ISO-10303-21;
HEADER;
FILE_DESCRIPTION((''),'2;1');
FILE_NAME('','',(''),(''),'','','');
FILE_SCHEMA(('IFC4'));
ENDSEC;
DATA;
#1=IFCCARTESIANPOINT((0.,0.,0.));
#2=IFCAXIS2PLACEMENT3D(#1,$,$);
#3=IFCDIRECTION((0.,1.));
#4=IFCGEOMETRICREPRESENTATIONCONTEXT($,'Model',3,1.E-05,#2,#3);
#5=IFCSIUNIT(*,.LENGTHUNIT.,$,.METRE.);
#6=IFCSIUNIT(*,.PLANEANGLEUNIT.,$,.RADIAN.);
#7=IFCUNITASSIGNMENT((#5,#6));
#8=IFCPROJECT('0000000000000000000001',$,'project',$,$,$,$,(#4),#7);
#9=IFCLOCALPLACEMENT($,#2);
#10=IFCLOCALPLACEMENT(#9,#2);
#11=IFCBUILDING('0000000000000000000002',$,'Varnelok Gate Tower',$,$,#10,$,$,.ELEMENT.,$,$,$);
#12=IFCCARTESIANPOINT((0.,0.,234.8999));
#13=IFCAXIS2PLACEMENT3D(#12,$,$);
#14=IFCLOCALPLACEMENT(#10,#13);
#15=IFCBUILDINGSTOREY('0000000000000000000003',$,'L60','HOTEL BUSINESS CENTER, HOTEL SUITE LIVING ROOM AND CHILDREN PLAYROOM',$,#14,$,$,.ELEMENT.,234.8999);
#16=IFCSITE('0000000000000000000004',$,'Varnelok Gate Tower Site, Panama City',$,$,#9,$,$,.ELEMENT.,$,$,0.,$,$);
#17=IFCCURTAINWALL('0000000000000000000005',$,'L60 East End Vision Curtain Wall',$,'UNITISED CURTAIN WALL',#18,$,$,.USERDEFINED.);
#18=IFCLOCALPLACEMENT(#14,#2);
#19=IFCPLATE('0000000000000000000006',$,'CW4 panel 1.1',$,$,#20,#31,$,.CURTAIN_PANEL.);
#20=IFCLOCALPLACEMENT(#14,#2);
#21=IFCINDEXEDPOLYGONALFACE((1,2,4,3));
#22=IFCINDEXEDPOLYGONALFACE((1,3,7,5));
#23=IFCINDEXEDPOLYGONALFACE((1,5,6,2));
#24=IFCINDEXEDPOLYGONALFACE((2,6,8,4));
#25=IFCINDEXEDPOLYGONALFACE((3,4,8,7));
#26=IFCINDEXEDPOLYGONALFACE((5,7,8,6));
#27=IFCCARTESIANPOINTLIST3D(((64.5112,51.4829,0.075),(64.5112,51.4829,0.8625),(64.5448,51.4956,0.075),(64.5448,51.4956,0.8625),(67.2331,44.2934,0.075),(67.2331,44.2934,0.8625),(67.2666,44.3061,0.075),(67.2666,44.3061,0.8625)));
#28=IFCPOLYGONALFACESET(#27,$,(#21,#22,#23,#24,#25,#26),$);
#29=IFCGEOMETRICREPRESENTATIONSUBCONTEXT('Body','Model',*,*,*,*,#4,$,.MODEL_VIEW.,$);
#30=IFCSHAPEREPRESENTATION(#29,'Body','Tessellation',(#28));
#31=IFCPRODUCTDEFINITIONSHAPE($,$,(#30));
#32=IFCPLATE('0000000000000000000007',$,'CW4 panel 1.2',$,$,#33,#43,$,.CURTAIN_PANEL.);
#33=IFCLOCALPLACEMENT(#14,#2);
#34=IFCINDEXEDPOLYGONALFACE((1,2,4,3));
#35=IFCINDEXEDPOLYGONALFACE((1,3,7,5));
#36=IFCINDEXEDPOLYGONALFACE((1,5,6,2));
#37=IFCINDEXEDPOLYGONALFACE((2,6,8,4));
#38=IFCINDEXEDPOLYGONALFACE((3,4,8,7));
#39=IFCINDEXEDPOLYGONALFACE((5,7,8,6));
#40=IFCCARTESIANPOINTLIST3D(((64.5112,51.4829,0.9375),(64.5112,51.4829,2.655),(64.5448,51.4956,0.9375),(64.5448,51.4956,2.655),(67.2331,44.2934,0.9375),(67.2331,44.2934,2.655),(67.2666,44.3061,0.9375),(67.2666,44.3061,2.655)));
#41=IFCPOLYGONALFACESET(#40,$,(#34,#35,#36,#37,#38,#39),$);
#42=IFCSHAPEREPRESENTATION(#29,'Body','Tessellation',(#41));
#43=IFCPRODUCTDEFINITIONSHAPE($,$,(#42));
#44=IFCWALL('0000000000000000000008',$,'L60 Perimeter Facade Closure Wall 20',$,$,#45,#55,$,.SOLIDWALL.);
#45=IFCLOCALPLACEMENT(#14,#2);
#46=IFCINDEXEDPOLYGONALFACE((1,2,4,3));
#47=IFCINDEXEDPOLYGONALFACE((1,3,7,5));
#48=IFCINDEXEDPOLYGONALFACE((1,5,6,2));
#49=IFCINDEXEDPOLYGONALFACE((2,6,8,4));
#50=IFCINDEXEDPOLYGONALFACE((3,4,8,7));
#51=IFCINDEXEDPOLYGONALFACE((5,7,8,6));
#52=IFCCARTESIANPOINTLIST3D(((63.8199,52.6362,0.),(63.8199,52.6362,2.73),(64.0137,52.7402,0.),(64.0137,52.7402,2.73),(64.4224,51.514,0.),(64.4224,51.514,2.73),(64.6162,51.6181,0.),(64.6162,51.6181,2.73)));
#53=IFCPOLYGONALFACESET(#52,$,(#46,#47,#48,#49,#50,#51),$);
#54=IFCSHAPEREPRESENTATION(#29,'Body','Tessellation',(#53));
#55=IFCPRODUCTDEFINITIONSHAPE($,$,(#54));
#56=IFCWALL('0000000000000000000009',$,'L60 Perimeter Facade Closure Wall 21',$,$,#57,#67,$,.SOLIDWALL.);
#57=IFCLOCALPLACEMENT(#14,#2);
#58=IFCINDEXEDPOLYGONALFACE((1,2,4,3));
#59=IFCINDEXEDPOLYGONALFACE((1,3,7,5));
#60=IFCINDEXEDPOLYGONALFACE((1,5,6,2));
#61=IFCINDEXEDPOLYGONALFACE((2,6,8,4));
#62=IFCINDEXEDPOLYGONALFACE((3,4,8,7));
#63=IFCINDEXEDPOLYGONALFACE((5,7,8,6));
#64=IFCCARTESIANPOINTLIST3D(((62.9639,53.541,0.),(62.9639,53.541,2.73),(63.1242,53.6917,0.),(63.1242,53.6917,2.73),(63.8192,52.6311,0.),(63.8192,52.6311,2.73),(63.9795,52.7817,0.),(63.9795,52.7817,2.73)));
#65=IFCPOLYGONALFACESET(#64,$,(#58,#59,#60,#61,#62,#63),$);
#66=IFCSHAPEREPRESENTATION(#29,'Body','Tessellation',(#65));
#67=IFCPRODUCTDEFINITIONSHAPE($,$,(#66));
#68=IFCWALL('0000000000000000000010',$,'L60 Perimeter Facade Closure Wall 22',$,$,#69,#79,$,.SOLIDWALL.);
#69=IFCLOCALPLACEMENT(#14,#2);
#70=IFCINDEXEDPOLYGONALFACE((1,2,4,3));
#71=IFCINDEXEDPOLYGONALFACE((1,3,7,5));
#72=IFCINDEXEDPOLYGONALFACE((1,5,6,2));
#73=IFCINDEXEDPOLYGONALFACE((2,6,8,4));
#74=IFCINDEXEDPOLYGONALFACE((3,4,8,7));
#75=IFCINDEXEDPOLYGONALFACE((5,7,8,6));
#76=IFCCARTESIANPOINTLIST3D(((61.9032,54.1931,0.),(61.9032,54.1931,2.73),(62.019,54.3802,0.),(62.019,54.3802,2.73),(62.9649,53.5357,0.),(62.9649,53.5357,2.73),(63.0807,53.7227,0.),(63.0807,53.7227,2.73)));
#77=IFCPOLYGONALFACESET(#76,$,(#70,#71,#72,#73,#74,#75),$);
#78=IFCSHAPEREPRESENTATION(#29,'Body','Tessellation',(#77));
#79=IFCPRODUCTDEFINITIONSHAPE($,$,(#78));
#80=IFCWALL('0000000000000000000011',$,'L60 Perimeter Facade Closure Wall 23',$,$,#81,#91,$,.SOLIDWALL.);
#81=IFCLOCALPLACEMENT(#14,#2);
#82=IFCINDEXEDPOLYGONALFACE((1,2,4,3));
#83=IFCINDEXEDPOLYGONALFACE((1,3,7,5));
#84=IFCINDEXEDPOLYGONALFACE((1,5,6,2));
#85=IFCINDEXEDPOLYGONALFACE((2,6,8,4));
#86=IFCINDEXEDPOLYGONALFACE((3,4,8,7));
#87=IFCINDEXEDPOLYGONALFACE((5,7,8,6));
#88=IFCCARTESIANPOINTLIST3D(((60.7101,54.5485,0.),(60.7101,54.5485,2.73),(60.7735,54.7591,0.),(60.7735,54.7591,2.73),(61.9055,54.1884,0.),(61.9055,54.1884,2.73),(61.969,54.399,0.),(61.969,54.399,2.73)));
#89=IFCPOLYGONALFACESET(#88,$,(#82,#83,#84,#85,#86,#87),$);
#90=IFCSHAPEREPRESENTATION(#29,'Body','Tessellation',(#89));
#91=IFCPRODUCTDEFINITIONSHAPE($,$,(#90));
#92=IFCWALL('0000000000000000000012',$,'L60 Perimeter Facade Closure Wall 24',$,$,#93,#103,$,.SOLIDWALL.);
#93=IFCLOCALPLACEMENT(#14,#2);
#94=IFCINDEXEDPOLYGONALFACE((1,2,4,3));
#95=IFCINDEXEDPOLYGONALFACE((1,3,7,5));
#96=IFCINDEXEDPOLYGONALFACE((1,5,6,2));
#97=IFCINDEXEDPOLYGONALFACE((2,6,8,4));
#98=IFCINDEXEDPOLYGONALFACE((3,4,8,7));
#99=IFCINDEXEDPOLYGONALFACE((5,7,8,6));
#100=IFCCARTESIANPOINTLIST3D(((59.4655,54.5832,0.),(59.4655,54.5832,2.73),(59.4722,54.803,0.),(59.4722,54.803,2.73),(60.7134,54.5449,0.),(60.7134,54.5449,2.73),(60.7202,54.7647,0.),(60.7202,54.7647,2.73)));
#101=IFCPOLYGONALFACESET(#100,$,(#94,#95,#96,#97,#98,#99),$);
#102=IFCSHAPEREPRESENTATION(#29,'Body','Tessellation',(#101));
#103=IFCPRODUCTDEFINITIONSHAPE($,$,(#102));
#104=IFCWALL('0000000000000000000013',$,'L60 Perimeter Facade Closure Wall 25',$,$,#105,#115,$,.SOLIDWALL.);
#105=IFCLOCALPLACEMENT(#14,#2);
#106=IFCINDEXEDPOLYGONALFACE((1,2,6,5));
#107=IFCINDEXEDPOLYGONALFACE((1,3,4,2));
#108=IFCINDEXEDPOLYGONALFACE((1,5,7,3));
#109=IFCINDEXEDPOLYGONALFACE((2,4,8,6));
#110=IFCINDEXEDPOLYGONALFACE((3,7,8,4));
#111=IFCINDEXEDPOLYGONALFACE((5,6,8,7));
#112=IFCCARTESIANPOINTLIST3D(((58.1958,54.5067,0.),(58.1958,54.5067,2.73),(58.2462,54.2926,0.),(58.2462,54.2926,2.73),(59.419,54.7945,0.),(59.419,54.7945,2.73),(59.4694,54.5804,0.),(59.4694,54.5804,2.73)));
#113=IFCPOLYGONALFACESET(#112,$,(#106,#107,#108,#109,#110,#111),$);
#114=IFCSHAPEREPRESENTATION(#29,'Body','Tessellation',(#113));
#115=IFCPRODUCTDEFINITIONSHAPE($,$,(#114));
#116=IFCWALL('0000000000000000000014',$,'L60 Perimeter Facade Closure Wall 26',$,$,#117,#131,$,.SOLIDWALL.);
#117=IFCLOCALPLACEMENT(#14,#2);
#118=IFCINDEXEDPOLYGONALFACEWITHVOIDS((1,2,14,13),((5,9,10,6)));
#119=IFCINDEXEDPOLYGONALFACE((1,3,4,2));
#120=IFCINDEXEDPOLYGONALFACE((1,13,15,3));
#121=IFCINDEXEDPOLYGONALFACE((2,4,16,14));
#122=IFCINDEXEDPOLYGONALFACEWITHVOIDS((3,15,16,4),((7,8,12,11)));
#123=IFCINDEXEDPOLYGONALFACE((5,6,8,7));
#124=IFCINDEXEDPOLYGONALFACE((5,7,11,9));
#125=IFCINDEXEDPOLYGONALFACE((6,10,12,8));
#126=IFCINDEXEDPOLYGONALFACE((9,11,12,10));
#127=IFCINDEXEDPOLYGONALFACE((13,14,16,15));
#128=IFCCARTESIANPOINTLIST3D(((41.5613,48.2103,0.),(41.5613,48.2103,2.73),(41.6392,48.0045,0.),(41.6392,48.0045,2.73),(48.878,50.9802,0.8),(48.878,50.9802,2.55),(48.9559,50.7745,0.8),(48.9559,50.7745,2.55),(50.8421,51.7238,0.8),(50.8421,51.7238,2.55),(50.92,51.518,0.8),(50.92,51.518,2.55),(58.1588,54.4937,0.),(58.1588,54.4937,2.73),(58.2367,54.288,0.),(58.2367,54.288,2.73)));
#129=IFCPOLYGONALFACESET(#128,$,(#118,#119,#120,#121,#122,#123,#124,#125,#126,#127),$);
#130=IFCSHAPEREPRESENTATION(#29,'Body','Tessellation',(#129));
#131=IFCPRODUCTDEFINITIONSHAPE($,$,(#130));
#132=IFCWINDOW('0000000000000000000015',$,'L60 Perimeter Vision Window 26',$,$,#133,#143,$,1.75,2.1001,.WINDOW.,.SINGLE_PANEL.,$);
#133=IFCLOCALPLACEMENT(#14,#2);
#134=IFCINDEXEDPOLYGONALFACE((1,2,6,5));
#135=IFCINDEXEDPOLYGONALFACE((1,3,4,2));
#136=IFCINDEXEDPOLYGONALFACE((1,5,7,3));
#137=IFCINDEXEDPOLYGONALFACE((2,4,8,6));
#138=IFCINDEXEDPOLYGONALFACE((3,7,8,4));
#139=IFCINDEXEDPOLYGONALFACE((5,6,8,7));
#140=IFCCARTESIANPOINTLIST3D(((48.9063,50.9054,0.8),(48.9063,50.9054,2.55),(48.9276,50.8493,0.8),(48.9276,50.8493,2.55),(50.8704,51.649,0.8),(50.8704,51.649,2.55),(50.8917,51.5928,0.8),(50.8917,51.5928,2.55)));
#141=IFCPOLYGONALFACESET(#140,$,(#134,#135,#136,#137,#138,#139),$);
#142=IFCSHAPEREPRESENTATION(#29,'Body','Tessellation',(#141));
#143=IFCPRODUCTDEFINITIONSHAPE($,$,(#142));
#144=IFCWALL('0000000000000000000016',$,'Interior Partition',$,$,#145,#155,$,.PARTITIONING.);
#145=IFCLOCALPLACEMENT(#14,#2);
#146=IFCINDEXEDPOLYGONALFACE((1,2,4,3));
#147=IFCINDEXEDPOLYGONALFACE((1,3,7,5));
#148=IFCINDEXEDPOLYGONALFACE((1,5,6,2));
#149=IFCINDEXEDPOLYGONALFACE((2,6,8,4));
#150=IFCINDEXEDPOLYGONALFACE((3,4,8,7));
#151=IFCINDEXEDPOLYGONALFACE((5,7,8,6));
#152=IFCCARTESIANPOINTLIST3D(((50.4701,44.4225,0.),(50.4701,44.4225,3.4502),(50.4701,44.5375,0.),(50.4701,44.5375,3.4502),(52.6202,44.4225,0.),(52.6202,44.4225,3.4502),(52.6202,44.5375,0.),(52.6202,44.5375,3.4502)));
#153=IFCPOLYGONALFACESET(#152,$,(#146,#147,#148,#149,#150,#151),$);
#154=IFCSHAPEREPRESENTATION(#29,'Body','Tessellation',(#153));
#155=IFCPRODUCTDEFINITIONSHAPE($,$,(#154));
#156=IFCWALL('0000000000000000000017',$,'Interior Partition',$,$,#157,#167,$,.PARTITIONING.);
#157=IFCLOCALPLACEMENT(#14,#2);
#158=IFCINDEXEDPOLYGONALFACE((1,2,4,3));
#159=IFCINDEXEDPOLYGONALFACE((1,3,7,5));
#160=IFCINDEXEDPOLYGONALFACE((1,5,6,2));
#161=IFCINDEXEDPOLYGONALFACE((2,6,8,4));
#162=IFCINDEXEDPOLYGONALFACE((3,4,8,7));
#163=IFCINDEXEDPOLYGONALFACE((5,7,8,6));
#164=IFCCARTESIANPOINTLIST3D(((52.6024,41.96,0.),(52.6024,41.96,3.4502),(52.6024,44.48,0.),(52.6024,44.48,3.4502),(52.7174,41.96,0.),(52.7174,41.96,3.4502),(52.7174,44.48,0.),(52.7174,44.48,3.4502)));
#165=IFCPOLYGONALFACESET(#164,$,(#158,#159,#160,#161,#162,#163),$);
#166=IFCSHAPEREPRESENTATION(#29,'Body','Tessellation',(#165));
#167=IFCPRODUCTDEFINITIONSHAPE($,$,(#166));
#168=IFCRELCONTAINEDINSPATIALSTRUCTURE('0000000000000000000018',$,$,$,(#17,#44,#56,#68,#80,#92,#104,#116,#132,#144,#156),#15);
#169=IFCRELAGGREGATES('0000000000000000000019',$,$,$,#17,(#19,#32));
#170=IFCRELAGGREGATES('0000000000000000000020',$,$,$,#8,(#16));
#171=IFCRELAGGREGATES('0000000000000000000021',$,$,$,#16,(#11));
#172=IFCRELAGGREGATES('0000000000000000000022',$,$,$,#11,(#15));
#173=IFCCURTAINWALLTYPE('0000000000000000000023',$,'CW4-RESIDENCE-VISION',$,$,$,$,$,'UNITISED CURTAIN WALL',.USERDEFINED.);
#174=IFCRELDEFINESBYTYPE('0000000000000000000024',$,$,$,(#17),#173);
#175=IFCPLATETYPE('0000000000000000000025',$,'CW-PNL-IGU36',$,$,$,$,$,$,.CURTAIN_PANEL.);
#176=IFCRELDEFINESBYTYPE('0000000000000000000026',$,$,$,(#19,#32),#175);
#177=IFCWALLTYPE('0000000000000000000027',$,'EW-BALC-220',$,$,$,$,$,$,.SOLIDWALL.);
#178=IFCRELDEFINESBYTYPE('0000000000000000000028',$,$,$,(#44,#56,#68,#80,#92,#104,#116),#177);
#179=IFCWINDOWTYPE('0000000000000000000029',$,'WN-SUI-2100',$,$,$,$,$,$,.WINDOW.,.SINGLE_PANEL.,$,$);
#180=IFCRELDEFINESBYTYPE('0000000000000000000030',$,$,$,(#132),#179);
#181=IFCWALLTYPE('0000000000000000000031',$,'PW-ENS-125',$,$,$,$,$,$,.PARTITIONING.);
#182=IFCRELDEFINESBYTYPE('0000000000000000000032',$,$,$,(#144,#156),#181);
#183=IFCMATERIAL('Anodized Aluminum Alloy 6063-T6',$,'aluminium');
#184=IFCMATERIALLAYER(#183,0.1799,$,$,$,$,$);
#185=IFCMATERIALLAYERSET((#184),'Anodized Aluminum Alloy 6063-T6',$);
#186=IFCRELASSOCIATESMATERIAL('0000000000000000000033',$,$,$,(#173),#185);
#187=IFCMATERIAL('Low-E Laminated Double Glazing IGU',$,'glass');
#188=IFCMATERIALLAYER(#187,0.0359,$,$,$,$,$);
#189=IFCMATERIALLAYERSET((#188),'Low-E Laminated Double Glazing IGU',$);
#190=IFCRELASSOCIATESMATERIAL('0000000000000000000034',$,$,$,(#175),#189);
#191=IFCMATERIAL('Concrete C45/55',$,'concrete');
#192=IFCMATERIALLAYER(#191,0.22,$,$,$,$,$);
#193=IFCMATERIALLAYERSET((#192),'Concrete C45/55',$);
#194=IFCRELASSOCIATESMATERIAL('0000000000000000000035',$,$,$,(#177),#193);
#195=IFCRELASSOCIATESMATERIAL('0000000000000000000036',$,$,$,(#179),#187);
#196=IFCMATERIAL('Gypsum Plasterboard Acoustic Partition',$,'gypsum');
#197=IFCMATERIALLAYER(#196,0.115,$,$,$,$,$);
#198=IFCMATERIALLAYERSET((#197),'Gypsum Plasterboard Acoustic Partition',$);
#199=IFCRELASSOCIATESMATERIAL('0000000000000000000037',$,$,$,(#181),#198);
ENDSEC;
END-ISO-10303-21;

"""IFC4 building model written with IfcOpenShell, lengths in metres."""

from ifc_helpers import new_model, si_unit, direction, frame, frame_2d, origin, origin_2d, place, context, subcontext, project, spatial, rectangle, extrude, source, transform, mapped, material, layer, layer_set, type_object, element, fill, aggregate, save


model = new_model("IFC4")

# Units and contexts
model_context = context("Model", 3, precision=1e-05, world=origin(), true_north=direction((0.0, 1.0)))
body_context = subcontext(model_context, "Body", "Model", "MODEL_VIEW")
ifc_project = project(units=[si_unit("LENGTHUNIT", "METRE"), si_unit("PLANEANGLEUNIT", "RADIAN")], contexts=[model_context])

# Site, building, storey
site_placement = place(None, origin())
site = spatial("IfcSite", under=ifc_project, at=site_placement, Name="Varnelok Gate Tower Site, Panama City", CompositionType="ELEMENT", RefElevation=0.0)
building_placement = place(site_placement, origin())
building = spatial("IfcBuilding", under=site, at=building_placement, Name="Varnelok Gate Tower", CompositionType="ELEMENT")
storey_placement = place(building_placement, frame((0.0, 0.0, 234.8999)))
storey = spatial("IfcBuildingStorey", under=building, at=storey_placement, Name="L60", Description="HOTEL BUSINESS CENTER, HOTEL SUITE LIVING ROOM AND CHILDREN PLAYROOM", CompositionType="ELEMENT", Elevation=234.8999)

# Curtain wall, plates
ifc_material_1 = material(Name="Anodized Aluminum Alloy 6063-T6", Category="aluminium")
ifc_layer_1 = layer(ifc_material_1, 0.1799)
ifc_layer_set_1 = layer_set([ifc_layer_1], Name="Anodized Aluminum Alloy 6063-T6")
curtain_wall_type = type_object("IfcCurtainWallType", Name="CW4-RESIDENCE-VISION", ElementType="UNITISED CURTAIN WALL", PredefinedType="USERDEFINED", material=ifc_layer_set_1)
curtain_wall_placement = place(storey_placement, origin())
curtain_wall = element("IfcCurtainWall", 1, at=curtain_wall_placement, inside=storey, type_object=curtain_wall_type, Name="L60 East End Vision Curtain Wall", ObjectType="UNITISED CURTAIN WALL", PredefinedType="USERDEFINED")
ifc_material_2 = material(Name="Low-E Laminated Double Glazing IGU", Category="glass")
ifc_layer_2 = layer(ifc_material_2, 0.0359)
ifc_layer_set_2 = layer_set([ifc_layer_2], Name="Low-E Laminated Double Glazing IGU")
plate_type = type_object("IfcPlateType", Name="CW-PNL-IGU36", PredefinedType="CURTAIN_PANEL", material=ifc_layer_set_2)
shared_shape_1 = source(origin(), body_context, "Body", "SweptSolid", [
    extrude(rectangle(XDim=7.6875, YDim=0.0359, at=origin_2d()), origin(), (0.0, 0.0, 1.0), 0.7876),
])
plate_1_placement = place(storey_placement, frame((65.8889, 47.8945, 0.075), z_axis=(0.0, 0.0, 1.0), x_axis=(0.354063, -0.935222, 0.0)))
plate_1 = element("IfcPlate", 2, at=plate_1_placement, type_object=plate_type, Name="CW4 panel 1.1", PredefinedType="CURTAIN_PANEL", context=body_context, shape_type="MappedRepresentation", body=[
    mapped(shared_shape_1, transform((0.0, 0.0, 0.0), scale=1.0)),
])
shared_shape_2 = source(origin(), body_context, "Body", "SweptSolid", [
    extrude(rectangle(XDim=7.6875, YDim=0.0359, at=origin_2d()), origin(), (0.0, 0.0, 1.0), 1.7175),
])
plate_2_placement = place(storey_placement, frame((65.8889, 47.8945, 0.9375), z_axis=(0.0, 0.0, 1.0), x_axis=(0.354063, -0.935222, 0.0)))
plate_2 = element("IfcPlate", 3, at=plate_2_placement, type_object=plate_type, Name="CW4 panel 1.2", PredefinedType="CURTAIN_PANEL", context=body_context, shape_type="MappedRepresentation", body=[
    mapped(shared_shape_2, transform((0.0, 0.0, 0.0), scale=1.0)),
])
aggregate(curtain_wall, [plate_1, plate_2])

# Walls
ifc_material_3 = material(Name="Concrete C45/55", Category="concrete")
ifc_layer_3 = layer(ifc_material_3, 0.22)
ifc_layer_set_3 = layer_set([ifc_layer_3], Name="Concrete C45/55")
wall_type_1 = type_object("IfcWallType", Name="EW-BALC-220", PredefinedType="SOLIDWALL", material=ifc_layer_set_3)
wall_1_placement = place(storey_placement, frame((64.5193, 51.5662, 0.0), z_axis=(0.0, 0.0, 1.0), x_axis=(-0.473094, 0.881012, 0.0)))
element("IfcWall", 4, at=wall_1_placement, inside=storey, type_object=wall_type_1, Name="L60 Perimeter Facade Closure Wall 20", PredefinedType="SOLIDWALL", context=body_context, shape_type="SweptSolid", body=[
    extrude(rectangle(XDim=1.2737, YDim=0.22, at=frame_2d((0.6367, 0.0))), origin(), (0.0, 0.0, 1.0), 2.73),
])
for number, where, z_axis, x_axis, name in (
    (5, (63.8994, 52.7063, 0.0), (0.0, 0.0, 1.0), (-0.684871, 0.728665, 0.0), "L60 Perimeter Facade Closure Wall 21"),
    (6, (63.0229, 53.6292, 0.0), (0.0, 0.0, 1.0), (-0.850198, 0.526462, 0.0), "L60 Perimeter Facade Closure Wall 22"),
):
    element("IfcWall", number, at=place(storey_placement, frame(where, z_axis=z_axis, x_axis=x_axis)), inside=storey, type_object=wall_type_1, Name=name, PredefinedType="SOLIDWALL", context=body_context, shape_type="SweptSolid", body=[
        extrude(rectangle(XDim=1.2488, YDim=0.22, at=frame_2d((0.6245, 0.0))), origin(), (0.0, 0.0, 1.0), 2.73),
    ])
for number, where, z_axis, x_axis, name in (
    (7, (61.9373, 54.2937, 0.0), (0.0, 0.0, 1.0), (-0.957508, 0.288406, 0.0), "L60 Perimeter Facade Closure Wall 23"),
    (8, (60.7168, 54.6548, 0.0), (0.0, 0.0, 1.0), (-0.999529, 0.030698, 0.0), "L60 Perimeter Facade Closure Wall 24"),
):
    element("IfcWall", number, at=place(storey_placement, frame(where, z_axis=z_axis, x_axis=x_axis)), inside=storey, type_object=wall_type_1, Name=name, PredefinedType="SOLIDWALL", context=body_context, shape_type="SweptSolid", body=[
        extrude(rectangle(XDim=1.2485, YDim=0.22, at=frame_2d((0.6243, 0.0))), origin(), (0.0, 0.0, 1.0), 2.73),
    ])
wall_2_placement = place(storey_placement, frame((59.4443, 54.6875, 0.0), z_axis=(0.0, 0.0, 1.0), x_axis=(-0.97341, -0.229072, 0.0)))
element("IfcWall", 9, at=wall_2_placement, inside=storey, type_object=wall_type_1, Name="L60 Perimeter Facade Closure Wall 25", PredefinedType="SOLIDWALL", context=body_context, shape_type="SweptSolid", body=[
    extrude(rectangle(XDim=1.2566, YDim=0.22, at=frame_2d((0.6284, 0.0))), origin(), (0.0, 0.0, 1.0), 2.73),
])

# Wall, opening, window
wall_3_placement = place(storey_placement, frame((58.1978, 54.3909, 0.0), z_axis=(0.0, 0.0, 1.0), x_axis=(-0.935224, -0.354057, 0.0)))
wall_3 = element("IfcWall", 10, at=wall_3_placement, inside=storey, type_object=wall_type_1, Name="L60 Perimeter Facade Closure Wall 26", PredefinedType="SOLIDWALL", context=body_context, shape_type="SweptSolid", body=[
    extrude(rectangle(XDim=17.7471, YDim=0.22, at=frame_2d((8.8735, 0.0))), origin(), (0.0, 0.0, 1.0), 2.73),
])
opening_placement = place(wall_3_placement, frame((7.8235, 0.0, 0.8)))
opening = element("IfcOpeningElement", 11, at=opening_placement, cuts=wall_3, PredefinedType="OPENING", context=body_context, shape_type="SweptSolid", body=[
    extrude(rectangle(XDim=2.1001, YDim=1.75, at=frame_2d((1.05, 0.875))), frame((0.0, 0.1199, 0.0), z_axis=(0.0, -1.0, 0.0), x_axis=(1.0, 0.0, 0.0)), (0.0, 0.0, 1.0), 0.24),
])
window_type = type_object("IfcWindowType", Name="WN-SUI-2100", PartitioningType="SINGLE_PANEL", PredefinedType="WINDOW", material=ifc_material_2)
window_placement = place(opening_placement, origin())
window = element("IfcWindow", 12, at=window_placement, inside=storey, type_object=window_type, Name="L60 Perimeter Vision Window 26", OverallHeight=1.75, OverallWidth=2.1001, PartitioningType="SINGLE_PANEL", PredefinedType="WINDOW", context=body_context, shape_type="SweptSolid", body=[
    extrude(rectangle(XDim=2.1001, YDim=1.75, at=frame_2d((1.05, 0.875))), frame((0.0, 0.03, 0.0), z_axis=(0.0, -1.0, 0.0), x_axis=(1.0, 0.0, 0.0)), (0.0, 0.0, 1.0), 0.0601),
])
fill(opening, window)

# Walls
ifc_material_4 = material(Name="Gypsum Plasterboard Acoustic Partition", Category="gypsum")
ifc_layer_4 = layer(ifc_material_4, 0.115)
ifc_layer_set_4 = layer_set([ifc_layer_4], Name="Gypsum Plasterboard Acoustic Partition")
wall_type_2 = type_object("IfcWallType", Name="PW-ENS-125", PredefinedType="PARTITIONING", material=ifc_layer_set_4)
wall_4_placement = place(storey_placement, frame((50.47, 44.48, 0.0), z_axis=(0.0, 0.0, 1.0), x_axis=(1.0, 0.0, 0.0)))
element("IfcWall", 13, at=wall_4_placement, inside=storey, type_object=wall_type_2, Name="Interior Partition", PredefinedType="PARTITIONING", context=body_context, shape_type="SweptSolid", body=[
    extrude(rectangle(XDim=2.1501, YDim=0.115, at=frame_2d((1.0752, 0.0))), origin(), (0.0, 0.0, 1.0), 3.4502),
])
wall_5_placement = place(storey_placement, frame((52.6599, 41.96, 0.0), z_axis=(0.0, 0.0, 1.0), x_axis=(0.0, 1.0, 0.0)))
element("IfcWall", 14, at=wall_5_placement, inside=storey, type_object=wall_type_2, Name="Interior Partition", PredefinedType="PARTITIONING", context=body_context, shape_type="SweptSolid", body=[
    extrude(rectangle(XDim=2.52, YDim=0.115, at=frame_2d((1.26, 0.0))), origin(), (0.0, 0.0, 1.0), 3.4502),
])

save(model, "model.ifc")
